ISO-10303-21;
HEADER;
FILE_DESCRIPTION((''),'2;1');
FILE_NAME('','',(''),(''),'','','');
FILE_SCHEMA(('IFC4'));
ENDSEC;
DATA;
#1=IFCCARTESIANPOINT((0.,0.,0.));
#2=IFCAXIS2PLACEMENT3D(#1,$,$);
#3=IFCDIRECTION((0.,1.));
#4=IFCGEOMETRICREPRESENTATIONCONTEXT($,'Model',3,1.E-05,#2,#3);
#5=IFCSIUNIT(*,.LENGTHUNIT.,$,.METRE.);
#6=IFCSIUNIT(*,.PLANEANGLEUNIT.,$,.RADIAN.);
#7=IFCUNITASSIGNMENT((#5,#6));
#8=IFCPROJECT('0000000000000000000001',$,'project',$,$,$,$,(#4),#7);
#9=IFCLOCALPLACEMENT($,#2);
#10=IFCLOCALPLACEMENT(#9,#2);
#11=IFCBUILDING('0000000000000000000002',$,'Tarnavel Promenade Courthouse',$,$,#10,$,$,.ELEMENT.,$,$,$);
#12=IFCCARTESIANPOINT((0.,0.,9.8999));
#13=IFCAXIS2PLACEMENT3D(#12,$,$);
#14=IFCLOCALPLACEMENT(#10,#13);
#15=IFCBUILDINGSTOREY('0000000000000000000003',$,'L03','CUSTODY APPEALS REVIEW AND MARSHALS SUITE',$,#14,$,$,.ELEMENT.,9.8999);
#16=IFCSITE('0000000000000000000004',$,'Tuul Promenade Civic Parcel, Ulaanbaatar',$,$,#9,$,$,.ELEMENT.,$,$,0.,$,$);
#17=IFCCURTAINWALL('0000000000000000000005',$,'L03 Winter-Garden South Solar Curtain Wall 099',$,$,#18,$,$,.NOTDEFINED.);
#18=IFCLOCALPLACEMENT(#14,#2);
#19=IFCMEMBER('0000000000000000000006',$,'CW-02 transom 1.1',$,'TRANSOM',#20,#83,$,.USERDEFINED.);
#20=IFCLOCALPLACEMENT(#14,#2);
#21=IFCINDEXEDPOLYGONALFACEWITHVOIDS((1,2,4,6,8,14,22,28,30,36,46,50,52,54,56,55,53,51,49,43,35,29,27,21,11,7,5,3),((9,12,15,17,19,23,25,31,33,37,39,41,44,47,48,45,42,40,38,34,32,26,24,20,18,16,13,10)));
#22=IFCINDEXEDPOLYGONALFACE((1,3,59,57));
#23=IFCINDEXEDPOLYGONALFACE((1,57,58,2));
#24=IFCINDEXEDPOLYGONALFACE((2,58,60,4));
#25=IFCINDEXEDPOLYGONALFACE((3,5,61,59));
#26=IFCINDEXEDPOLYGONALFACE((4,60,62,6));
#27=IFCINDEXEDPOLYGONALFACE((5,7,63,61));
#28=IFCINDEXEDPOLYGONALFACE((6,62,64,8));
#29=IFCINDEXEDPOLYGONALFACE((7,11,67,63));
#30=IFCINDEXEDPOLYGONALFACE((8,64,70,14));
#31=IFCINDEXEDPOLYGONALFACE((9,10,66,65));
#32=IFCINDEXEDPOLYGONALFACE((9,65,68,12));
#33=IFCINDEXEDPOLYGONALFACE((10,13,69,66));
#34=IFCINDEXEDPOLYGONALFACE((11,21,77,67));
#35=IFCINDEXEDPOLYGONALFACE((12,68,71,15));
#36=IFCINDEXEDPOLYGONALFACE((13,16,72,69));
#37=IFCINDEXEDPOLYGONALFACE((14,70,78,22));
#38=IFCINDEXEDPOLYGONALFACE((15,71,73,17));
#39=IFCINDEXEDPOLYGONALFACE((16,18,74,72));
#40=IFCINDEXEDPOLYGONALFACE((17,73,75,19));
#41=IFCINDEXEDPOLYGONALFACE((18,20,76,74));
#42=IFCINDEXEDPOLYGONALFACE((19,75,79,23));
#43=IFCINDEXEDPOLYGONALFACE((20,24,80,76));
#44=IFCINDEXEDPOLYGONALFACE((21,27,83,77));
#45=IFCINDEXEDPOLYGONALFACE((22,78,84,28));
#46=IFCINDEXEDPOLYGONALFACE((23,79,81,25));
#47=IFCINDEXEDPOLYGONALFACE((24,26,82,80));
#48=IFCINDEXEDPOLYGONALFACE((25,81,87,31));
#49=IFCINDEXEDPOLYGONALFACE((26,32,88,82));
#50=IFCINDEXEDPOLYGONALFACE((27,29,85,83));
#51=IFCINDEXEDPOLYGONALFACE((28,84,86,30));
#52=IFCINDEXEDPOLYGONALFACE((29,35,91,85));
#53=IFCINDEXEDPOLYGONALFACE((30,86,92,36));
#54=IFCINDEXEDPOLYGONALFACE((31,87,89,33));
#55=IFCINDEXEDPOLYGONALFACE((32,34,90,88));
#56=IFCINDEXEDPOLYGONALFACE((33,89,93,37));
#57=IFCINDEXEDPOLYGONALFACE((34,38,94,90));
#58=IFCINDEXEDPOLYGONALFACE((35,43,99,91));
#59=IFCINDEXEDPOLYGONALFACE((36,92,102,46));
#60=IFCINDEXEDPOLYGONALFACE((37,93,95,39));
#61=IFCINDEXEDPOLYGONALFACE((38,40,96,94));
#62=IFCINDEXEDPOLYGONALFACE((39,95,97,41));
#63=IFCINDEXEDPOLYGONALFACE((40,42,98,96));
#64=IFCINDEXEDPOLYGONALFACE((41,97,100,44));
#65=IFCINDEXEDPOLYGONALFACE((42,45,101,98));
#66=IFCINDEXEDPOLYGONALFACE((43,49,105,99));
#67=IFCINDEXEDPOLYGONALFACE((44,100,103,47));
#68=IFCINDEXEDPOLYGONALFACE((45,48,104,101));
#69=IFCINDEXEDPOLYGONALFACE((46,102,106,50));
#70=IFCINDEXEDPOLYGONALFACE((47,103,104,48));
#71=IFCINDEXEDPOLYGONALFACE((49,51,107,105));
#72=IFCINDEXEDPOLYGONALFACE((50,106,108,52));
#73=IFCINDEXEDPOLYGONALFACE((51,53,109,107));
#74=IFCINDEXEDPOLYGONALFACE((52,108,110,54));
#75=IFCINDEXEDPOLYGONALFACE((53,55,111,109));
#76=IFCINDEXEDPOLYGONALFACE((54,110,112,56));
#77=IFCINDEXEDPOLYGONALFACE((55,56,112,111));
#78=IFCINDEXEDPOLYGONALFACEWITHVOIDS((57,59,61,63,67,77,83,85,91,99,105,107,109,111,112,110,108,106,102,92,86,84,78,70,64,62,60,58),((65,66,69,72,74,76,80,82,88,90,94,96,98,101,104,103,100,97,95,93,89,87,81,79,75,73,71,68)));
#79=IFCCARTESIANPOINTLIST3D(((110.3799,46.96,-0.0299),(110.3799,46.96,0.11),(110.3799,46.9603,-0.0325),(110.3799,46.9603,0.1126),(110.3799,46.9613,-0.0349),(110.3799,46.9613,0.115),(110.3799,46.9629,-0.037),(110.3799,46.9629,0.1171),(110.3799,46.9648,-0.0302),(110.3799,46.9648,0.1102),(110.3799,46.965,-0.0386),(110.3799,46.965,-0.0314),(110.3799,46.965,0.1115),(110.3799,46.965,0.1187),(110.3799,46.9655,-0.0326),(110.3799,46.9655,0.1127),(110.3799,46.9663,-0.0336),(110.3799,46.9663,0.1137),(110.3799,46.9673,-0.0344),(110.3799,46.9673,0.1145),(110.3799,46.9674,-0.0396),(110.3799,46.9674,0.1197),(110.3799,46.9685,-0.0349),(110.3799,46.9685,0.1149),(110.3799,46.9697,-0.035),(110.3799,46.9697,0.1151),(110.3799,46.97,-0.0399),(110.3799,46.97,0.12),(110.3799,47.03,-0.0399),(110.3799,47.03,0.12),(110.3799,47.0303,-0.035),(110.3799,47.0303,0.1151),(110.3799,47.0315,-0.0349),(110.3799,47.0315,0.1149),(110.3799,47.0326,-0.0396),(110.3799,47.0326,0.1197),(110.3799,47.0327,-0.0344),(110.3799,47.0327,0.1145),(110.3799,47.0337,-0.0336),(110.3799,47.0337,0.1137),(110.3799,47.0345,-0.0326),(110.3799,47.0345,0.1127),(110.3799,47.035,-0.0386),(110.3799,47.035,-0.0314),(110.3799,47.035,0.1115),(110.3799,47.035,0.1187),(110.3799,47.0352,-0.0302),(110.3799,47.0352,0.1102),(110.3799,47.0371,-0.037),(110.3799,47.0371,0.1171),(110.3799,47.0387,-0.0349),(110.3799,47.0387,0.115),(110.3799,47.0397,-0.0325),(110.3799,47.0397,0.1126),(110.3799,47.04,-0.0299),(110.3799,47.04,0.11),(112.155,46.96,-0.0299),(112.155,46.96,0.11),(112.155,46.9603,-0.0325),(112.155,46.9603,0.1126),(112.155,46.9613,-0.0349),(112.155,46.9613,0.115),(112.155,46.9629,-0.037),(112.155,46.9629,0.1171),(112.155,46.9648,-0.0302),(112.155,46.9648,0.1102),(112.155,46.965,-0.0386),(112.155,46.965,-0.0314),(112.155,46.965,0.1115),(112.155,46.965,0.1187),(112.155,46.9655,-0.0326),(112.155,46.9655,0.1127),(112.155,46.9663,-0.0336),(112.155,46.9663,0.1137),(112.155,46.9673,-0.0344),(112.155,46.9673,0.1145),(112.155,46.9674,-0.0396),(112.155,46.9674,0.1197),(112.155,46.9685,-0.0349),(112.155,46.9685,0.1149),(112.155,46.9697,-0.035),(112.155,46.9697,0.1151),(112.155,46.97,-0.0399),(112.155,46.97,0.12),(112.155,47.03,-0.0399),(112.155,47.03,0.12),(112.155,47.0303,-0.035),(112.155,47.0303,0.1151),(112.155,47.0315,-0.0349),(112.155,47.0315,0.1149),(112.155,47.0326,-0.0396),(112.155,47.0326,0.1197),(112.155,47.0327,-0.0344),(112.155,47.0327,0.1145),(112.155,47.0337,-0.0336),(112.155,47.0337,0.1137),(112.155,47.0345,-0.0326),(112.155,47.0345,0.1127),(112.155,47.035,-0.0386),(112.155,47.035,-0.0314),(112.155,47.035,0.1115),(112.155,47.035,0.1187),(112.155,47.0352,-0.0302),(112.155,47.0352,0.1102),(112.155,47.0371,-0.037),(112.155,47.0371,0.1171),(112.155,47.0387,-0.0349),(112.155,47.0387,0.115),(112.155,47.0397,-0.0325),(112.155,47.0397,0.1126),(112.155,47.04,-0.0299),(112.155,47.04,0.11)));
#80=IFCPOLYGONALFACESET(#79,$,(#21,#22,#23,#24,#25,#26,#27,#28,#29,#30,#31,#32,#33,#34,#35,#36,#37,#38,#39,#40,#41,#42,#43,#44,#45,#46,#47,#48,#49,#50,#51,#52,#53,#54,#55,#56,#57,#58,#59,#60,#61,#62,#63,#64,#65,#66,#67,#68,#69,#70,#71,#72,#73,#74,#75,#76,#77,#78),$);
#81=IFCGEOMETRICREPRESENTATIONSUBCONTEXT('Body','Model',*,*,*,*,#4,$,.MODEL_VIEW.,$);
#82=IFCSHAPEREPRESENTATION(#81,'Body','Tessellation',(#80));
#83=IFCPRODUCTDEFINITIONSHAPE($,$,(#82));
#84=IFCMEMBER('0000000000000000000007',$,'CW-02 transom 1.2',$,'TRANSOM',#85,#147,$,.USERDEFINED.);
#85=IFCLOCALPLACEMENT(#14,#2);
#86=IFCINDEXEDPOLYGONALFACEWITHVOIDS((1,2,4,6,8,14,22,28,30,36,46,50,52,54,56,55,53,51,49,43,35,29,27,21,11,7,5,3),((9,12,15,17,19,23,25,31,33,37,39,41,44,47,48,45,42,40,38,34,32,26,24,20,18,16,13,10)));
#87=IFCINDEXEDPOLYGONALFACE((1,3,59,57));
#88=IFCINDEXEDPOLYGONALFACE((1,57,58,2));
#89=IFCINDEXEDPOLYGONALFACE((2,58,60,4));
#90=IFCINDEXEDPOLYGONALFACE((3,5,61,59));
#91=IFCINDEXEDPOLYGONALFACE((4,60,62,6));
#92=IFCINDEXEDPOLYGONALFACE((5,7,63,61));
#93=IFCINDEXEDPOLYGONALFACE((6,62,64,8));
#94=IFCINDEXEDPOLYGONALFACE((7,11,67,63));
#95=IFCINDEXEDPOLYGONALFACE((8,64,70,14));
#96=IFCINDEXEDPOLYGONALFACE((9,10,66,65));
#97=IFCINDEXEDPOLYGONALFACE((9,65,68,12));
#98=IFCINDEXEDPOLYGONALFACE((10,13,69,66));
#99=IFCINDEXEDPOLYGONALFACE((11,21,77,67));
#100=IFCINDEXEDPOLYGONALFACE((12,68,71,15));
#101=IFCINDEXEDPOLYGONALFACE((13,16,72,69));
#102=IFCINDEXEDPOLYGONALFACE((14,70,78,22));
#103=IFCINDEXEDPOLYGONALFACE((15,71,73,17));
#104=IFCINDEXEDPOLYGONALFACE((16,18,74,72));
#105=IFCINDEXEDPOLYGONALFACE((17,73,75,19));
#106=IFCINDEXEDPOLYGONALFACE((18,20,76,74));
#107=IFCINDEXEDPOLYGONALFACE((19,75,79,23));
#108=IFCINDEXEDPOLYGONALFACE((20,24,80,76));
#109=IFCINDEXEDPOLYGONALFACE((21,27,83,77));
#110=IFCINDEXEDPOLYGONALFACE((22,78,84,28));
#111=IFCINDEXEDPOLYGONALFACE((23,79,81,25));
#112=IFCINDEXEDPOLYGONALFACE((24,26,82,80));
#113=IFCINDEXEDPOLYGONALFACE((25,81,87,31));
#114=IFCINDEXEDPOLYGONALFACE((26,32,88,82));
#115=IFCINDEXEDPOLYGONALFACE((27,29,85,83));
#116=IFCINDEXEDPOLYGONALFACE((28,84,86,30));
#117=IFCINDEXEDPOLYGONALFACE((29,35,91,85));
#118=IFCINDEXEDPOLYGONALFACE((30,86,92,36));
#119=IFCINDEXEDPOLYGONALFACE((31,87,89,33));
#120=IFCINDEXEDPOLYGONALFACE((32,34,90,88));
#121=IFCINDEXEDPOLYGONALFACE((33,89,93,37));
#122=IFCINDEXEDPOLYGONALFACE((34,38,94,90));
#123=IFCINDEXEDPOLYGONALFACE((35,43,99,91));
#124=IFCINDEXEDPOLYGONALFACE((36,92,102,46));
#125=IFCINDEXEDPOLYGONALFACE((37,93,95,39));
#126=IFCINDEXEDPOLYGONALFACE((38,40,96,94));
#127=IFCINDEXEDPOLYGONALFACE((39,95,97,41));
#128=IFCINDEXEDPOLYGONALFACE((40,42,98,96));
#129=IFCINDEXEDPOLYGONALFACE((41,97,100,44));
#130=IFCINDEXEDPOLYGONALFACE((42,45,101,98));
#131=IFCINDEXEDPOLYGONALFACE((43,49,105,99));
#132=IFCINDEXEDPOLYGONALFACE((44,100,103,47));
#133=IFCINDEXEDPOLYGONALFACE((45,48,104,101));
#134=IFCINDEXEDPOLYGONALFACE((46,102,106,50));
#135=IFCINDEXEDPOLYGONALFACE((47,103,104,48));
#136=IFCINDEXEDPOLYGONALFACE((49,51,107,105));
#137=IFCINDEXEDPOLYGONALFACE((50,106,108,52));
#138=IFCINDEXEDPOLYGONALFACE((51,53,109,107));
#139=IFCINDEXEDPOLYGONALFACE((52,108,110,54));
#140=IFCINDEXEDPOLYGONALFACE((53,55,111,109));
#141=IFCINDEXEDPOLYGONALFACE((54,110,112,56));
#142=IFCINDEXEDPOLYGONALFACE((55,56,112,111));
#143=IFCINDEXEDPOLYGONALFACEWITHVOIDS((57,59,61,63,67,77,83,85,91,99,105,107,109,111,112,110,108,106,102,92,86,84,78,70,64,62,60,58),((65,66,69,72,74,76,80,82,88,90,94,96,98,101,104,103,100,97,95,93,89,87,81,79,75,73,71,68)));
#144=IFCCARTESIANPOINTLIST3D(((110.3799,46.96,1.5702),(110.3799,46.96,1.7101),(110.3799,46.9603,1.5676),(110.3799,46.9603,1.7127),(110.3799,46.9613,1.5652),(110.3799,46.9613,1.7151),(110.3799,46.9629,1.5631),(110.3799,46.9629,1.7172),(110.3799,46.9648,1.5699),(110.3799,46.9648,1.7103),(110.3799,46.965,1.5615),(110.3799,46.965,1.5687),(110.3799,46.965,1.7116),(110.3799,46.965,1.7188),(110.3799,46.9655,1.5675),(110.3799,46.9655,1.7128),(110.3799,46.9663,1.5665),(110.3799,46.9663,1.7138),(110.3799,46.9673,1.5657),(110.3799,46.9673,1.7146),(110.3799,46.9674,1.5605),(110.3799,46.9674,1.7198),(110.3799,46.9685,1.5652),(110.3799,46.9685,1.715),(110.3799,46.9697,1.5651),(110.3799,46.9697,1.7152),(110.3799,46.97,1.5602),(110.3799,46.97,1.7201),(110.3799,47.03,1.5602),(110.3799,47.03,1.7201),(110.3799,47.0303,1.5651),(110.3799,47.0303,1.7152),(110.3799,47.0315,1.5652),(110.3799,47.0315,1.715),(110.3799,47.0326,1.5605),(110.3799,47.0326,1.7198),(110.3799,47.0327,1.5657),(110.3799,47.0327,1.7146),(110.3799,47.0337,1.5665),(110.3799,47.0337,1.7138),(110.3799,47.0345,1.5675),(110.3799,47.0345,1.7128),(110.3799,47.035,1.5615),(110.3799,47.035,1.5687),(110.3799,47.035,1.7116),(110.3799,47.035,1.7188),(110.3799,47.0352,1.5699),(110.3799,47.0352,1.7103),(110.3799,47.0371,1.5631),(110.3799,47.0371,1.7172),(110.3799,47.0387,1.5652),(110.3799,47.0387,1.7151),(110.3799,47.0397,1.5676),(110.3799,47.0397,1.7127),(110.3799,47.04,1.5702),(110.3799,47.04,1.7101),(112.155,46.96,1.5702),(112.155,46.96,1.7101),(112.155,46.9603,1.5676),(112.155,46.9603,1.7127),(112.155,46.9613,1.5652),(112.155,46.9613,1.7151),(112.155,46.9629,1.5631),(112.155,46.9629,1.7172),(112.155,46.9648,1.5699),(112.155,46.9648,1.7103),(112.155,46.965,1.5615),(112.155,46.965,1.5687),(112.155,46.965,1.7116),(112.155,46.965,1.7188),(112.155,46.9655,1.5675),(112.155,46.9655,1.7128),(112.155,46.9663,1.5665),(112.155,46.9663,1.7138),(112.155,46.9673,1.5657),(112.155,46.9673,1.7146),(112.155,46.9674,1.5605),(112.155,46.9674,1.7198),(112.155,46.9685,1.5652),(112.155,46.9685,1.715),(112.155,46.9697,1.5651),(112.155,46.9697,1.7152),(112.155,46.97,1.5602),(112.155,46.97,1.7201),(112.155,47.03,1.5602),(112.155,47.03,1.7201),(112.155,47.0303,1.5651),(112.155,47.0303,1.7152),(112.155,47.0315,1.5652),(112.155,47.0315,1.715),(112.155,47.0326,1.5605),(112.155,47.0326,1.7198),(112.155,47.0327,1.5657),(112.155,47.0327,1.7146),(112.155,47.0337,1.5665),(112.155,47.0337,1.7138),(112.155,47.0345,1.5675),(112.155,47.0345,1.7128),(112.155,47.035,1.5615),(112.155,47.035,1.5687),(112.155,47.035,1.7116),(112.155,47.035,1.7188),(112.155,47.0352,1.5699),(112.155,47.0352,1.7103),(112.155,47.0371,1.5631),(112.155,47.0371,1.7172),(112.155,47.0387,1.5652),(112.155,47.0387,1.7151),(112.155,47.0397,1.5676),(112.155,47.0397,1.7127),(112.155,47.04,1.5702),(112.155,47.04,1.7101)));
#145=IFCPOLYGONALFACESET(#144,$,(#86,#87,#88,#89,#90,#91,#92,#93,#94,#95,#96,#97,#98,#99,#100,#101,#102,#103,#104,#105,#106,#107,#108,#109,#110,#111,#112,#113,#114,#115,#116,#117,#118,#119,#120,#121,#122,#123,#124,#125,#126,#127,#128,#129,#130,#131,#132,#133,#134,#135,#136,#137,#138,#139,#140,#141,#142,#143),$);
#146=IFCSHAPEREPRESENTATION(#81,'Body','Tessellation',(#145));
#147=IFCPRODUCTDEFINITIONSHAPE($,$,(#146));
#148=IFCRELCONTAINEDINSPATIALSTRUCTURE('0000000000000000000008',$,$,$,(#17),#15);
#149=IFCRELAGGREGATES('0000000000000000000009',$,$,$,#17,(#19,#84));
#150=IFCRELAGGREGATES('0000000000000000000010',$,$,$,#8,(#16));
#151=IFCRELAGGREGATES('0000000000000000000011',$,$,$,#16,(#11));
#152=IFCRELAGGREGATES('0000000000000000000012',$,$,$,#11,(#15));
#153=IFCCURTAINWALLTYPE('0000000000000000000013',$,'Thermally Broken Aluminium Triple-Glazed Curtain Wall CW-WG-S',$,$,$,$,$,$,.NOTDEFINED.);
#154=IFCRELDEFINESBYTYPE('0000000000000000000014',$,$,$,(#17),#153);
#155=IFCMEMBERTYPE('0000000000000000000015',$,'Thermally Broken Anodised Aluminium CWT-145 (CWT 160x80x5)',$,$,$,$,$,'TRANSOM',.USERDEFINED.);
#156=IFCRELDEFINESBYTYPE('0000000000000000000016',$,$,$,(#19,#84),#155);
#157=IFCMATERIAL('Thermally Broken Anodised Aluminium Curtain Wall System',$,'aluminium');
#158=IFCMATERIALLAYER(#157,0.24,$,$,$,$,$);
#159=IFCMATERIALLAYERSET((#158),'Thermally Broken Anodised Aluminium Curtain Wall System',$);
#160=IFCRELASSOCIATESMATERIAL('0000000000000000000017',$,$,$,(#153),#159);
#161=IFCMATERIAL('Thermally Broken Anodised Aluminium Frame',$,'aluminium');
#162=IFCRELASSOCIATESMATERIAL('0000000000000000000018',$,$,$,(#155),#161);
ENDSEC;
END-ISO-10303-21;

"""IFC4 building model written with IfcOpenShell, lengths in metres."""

from ifc_helpers import new_model, si_unit, direction, frame, origin, origin_2d, place, context, subcontext, project, spatial, hollow_rectangle, extrude, material, layer, layer_set, material_profile, profile_set, type_object, element, aggregate, save


model = new_model("IFC4")

# Units and contexts
model_context = context("Model", 3, precision=1e-05, world=origin(), true_north=direction((0.0, 1.0)))
body_context = subcontext(model_context, "Body", "Model", "MODEL_VIEW")
ifc_project = project(units=[si_unit("LENGTHUNIT", "METRE"), si_unit("PLANEANGLEUNIT", "RADIAN")], contexts=[model_context])

# Site, building, storey
site_placement = place(None, origin())
site = spatial("IfcSite", under=ifc_project, at=site_placement, Name="Tuul Promenade Civic Parcel, Ulaanbaatar", CompositionType="ELEMENT", RefElevation=0.0)
building_placement = place(site_placement, origin())
building = spatial("IfcBuilding", under=site, at=building_placement, Name="Tarnavel Promenade Courthouse", CompositionType="ELEMENT")
storey_placement = place(building_placement, frame((0.0, 0.0, 9.8999)))
storey = spatial("IfcBuildingStorey", under=building, at=storey_placement, Name="L03", Description="CUSTODY APPEALS REVIEW AND MARSHALS SUITE", CompositionType="ELEMENT", Elevation=9.8999)

# Curtain wall
ifc_material_1 = material(Name="Thermally Broken Anodised Aluminium Curtain Wall System", Category="aluminium")
ifc_layer_1 = layer(ifc_material_1, 0.24)
ifc_layer_set_1 = layer_set([ifc_layer_1], Name="Thermally Broken Anodised Aluminium Curtain Wall System")
curtain_wall_type = type_object("IfcCurtainWallType", Name="Thermally Broken Aluminium Triple-Glazed Curtain Wall CW-WG-S", PredefinedType="NOTDEFINED", material=ifc_layer_set_1)
ifc_material_2 = material(Name="Thermally Broken Anodised Aluminium Frame", Category="aluminium")
curtain_wall_1_placement = place(storey_placement, origin())
curtain_wall_1 = element("IfcCurtainWall", 1, at=curtain_wall_1_placement, inside=storey, type_object=curtain_wall_type, Name="L03 Winter-Garden South Solar Curtain Wall 099", PredefinedType="NOTDEFINED")

# Members
ifc_material_profile_1 = material_profile(ifc_material_2, hollow_rectangle(XDim=0.0801, YDim=0.1599, WallThickness=0.0049, InnerFilletRadius=0.0049, OuterFilletRadius=0.01, at=origin_2d()), Name="CWT 160x80x5")
ifc_profile_set_1 = profile_set([ifc_material_profile_1], Name="Thermally Broken Anodised Aluminium Frame")
member_type_1 = type_object("IfcMemberType", Name="Thermally Broken Anodised Aluminium CWT-145 (CWT 160x80x5)", ElementType="TRANSOM", PredefinedType="USERDEFINED", material=ifc_profile_set_1)
member_1_placement = place(storey_placement, frame((110.3799, 47.0, 0.04), z_axis=(1.0, 0.0, 0.0), x_axis=(0.0, 1.0, 0.0)))
member_1 = element("IfcMember", 2, at=member_1_placement, type_object=member_type_1, Name="CW-02 transom 1.1", ObjectType="TRANSOM", PredefinedType="USERDEFINED", context=body_context, shape_type="SweptSolid", body=[
    extrude(hollow_rectangle(XDim=0.0801, YDim=0.1599, WallThickness=0.0049, InnerFilletRadius=0.0049, OuterFilletRadius=0.01, at=origin_2d()), origin(), (0.0, 0.0, 1.0), 1.7751),
])
member_2_placement = place(storey_placement, frame((110.3799, 47.0, 1.6401), z_axis=(1.0, 0.0, 0.0), x_axis=(0.0, 1.0, 0.0)))
member_2 = element("IfcMember", 3, at=member_2_placement, type_object=member_type_1, Name="CW-02 transom 1.2", ObjectType="TRANSOM", PredefinedType="USERDEFINED", context=body_context, shape_type="SweptSolid", body=[
    extrude(hollow_rectangle(XDim=0.0801, YDim=0.1599, WallThickness=0.0049, InnerFilletRadius=0.0049, OuterFilletRadius=0.01, at=origin_2d()), origin(), (0.0, 0.0, 1.0), 1.7751),
])

aggregate(curtain_wall_1, [member_1, member_2])

save(model, "model.ifc")
